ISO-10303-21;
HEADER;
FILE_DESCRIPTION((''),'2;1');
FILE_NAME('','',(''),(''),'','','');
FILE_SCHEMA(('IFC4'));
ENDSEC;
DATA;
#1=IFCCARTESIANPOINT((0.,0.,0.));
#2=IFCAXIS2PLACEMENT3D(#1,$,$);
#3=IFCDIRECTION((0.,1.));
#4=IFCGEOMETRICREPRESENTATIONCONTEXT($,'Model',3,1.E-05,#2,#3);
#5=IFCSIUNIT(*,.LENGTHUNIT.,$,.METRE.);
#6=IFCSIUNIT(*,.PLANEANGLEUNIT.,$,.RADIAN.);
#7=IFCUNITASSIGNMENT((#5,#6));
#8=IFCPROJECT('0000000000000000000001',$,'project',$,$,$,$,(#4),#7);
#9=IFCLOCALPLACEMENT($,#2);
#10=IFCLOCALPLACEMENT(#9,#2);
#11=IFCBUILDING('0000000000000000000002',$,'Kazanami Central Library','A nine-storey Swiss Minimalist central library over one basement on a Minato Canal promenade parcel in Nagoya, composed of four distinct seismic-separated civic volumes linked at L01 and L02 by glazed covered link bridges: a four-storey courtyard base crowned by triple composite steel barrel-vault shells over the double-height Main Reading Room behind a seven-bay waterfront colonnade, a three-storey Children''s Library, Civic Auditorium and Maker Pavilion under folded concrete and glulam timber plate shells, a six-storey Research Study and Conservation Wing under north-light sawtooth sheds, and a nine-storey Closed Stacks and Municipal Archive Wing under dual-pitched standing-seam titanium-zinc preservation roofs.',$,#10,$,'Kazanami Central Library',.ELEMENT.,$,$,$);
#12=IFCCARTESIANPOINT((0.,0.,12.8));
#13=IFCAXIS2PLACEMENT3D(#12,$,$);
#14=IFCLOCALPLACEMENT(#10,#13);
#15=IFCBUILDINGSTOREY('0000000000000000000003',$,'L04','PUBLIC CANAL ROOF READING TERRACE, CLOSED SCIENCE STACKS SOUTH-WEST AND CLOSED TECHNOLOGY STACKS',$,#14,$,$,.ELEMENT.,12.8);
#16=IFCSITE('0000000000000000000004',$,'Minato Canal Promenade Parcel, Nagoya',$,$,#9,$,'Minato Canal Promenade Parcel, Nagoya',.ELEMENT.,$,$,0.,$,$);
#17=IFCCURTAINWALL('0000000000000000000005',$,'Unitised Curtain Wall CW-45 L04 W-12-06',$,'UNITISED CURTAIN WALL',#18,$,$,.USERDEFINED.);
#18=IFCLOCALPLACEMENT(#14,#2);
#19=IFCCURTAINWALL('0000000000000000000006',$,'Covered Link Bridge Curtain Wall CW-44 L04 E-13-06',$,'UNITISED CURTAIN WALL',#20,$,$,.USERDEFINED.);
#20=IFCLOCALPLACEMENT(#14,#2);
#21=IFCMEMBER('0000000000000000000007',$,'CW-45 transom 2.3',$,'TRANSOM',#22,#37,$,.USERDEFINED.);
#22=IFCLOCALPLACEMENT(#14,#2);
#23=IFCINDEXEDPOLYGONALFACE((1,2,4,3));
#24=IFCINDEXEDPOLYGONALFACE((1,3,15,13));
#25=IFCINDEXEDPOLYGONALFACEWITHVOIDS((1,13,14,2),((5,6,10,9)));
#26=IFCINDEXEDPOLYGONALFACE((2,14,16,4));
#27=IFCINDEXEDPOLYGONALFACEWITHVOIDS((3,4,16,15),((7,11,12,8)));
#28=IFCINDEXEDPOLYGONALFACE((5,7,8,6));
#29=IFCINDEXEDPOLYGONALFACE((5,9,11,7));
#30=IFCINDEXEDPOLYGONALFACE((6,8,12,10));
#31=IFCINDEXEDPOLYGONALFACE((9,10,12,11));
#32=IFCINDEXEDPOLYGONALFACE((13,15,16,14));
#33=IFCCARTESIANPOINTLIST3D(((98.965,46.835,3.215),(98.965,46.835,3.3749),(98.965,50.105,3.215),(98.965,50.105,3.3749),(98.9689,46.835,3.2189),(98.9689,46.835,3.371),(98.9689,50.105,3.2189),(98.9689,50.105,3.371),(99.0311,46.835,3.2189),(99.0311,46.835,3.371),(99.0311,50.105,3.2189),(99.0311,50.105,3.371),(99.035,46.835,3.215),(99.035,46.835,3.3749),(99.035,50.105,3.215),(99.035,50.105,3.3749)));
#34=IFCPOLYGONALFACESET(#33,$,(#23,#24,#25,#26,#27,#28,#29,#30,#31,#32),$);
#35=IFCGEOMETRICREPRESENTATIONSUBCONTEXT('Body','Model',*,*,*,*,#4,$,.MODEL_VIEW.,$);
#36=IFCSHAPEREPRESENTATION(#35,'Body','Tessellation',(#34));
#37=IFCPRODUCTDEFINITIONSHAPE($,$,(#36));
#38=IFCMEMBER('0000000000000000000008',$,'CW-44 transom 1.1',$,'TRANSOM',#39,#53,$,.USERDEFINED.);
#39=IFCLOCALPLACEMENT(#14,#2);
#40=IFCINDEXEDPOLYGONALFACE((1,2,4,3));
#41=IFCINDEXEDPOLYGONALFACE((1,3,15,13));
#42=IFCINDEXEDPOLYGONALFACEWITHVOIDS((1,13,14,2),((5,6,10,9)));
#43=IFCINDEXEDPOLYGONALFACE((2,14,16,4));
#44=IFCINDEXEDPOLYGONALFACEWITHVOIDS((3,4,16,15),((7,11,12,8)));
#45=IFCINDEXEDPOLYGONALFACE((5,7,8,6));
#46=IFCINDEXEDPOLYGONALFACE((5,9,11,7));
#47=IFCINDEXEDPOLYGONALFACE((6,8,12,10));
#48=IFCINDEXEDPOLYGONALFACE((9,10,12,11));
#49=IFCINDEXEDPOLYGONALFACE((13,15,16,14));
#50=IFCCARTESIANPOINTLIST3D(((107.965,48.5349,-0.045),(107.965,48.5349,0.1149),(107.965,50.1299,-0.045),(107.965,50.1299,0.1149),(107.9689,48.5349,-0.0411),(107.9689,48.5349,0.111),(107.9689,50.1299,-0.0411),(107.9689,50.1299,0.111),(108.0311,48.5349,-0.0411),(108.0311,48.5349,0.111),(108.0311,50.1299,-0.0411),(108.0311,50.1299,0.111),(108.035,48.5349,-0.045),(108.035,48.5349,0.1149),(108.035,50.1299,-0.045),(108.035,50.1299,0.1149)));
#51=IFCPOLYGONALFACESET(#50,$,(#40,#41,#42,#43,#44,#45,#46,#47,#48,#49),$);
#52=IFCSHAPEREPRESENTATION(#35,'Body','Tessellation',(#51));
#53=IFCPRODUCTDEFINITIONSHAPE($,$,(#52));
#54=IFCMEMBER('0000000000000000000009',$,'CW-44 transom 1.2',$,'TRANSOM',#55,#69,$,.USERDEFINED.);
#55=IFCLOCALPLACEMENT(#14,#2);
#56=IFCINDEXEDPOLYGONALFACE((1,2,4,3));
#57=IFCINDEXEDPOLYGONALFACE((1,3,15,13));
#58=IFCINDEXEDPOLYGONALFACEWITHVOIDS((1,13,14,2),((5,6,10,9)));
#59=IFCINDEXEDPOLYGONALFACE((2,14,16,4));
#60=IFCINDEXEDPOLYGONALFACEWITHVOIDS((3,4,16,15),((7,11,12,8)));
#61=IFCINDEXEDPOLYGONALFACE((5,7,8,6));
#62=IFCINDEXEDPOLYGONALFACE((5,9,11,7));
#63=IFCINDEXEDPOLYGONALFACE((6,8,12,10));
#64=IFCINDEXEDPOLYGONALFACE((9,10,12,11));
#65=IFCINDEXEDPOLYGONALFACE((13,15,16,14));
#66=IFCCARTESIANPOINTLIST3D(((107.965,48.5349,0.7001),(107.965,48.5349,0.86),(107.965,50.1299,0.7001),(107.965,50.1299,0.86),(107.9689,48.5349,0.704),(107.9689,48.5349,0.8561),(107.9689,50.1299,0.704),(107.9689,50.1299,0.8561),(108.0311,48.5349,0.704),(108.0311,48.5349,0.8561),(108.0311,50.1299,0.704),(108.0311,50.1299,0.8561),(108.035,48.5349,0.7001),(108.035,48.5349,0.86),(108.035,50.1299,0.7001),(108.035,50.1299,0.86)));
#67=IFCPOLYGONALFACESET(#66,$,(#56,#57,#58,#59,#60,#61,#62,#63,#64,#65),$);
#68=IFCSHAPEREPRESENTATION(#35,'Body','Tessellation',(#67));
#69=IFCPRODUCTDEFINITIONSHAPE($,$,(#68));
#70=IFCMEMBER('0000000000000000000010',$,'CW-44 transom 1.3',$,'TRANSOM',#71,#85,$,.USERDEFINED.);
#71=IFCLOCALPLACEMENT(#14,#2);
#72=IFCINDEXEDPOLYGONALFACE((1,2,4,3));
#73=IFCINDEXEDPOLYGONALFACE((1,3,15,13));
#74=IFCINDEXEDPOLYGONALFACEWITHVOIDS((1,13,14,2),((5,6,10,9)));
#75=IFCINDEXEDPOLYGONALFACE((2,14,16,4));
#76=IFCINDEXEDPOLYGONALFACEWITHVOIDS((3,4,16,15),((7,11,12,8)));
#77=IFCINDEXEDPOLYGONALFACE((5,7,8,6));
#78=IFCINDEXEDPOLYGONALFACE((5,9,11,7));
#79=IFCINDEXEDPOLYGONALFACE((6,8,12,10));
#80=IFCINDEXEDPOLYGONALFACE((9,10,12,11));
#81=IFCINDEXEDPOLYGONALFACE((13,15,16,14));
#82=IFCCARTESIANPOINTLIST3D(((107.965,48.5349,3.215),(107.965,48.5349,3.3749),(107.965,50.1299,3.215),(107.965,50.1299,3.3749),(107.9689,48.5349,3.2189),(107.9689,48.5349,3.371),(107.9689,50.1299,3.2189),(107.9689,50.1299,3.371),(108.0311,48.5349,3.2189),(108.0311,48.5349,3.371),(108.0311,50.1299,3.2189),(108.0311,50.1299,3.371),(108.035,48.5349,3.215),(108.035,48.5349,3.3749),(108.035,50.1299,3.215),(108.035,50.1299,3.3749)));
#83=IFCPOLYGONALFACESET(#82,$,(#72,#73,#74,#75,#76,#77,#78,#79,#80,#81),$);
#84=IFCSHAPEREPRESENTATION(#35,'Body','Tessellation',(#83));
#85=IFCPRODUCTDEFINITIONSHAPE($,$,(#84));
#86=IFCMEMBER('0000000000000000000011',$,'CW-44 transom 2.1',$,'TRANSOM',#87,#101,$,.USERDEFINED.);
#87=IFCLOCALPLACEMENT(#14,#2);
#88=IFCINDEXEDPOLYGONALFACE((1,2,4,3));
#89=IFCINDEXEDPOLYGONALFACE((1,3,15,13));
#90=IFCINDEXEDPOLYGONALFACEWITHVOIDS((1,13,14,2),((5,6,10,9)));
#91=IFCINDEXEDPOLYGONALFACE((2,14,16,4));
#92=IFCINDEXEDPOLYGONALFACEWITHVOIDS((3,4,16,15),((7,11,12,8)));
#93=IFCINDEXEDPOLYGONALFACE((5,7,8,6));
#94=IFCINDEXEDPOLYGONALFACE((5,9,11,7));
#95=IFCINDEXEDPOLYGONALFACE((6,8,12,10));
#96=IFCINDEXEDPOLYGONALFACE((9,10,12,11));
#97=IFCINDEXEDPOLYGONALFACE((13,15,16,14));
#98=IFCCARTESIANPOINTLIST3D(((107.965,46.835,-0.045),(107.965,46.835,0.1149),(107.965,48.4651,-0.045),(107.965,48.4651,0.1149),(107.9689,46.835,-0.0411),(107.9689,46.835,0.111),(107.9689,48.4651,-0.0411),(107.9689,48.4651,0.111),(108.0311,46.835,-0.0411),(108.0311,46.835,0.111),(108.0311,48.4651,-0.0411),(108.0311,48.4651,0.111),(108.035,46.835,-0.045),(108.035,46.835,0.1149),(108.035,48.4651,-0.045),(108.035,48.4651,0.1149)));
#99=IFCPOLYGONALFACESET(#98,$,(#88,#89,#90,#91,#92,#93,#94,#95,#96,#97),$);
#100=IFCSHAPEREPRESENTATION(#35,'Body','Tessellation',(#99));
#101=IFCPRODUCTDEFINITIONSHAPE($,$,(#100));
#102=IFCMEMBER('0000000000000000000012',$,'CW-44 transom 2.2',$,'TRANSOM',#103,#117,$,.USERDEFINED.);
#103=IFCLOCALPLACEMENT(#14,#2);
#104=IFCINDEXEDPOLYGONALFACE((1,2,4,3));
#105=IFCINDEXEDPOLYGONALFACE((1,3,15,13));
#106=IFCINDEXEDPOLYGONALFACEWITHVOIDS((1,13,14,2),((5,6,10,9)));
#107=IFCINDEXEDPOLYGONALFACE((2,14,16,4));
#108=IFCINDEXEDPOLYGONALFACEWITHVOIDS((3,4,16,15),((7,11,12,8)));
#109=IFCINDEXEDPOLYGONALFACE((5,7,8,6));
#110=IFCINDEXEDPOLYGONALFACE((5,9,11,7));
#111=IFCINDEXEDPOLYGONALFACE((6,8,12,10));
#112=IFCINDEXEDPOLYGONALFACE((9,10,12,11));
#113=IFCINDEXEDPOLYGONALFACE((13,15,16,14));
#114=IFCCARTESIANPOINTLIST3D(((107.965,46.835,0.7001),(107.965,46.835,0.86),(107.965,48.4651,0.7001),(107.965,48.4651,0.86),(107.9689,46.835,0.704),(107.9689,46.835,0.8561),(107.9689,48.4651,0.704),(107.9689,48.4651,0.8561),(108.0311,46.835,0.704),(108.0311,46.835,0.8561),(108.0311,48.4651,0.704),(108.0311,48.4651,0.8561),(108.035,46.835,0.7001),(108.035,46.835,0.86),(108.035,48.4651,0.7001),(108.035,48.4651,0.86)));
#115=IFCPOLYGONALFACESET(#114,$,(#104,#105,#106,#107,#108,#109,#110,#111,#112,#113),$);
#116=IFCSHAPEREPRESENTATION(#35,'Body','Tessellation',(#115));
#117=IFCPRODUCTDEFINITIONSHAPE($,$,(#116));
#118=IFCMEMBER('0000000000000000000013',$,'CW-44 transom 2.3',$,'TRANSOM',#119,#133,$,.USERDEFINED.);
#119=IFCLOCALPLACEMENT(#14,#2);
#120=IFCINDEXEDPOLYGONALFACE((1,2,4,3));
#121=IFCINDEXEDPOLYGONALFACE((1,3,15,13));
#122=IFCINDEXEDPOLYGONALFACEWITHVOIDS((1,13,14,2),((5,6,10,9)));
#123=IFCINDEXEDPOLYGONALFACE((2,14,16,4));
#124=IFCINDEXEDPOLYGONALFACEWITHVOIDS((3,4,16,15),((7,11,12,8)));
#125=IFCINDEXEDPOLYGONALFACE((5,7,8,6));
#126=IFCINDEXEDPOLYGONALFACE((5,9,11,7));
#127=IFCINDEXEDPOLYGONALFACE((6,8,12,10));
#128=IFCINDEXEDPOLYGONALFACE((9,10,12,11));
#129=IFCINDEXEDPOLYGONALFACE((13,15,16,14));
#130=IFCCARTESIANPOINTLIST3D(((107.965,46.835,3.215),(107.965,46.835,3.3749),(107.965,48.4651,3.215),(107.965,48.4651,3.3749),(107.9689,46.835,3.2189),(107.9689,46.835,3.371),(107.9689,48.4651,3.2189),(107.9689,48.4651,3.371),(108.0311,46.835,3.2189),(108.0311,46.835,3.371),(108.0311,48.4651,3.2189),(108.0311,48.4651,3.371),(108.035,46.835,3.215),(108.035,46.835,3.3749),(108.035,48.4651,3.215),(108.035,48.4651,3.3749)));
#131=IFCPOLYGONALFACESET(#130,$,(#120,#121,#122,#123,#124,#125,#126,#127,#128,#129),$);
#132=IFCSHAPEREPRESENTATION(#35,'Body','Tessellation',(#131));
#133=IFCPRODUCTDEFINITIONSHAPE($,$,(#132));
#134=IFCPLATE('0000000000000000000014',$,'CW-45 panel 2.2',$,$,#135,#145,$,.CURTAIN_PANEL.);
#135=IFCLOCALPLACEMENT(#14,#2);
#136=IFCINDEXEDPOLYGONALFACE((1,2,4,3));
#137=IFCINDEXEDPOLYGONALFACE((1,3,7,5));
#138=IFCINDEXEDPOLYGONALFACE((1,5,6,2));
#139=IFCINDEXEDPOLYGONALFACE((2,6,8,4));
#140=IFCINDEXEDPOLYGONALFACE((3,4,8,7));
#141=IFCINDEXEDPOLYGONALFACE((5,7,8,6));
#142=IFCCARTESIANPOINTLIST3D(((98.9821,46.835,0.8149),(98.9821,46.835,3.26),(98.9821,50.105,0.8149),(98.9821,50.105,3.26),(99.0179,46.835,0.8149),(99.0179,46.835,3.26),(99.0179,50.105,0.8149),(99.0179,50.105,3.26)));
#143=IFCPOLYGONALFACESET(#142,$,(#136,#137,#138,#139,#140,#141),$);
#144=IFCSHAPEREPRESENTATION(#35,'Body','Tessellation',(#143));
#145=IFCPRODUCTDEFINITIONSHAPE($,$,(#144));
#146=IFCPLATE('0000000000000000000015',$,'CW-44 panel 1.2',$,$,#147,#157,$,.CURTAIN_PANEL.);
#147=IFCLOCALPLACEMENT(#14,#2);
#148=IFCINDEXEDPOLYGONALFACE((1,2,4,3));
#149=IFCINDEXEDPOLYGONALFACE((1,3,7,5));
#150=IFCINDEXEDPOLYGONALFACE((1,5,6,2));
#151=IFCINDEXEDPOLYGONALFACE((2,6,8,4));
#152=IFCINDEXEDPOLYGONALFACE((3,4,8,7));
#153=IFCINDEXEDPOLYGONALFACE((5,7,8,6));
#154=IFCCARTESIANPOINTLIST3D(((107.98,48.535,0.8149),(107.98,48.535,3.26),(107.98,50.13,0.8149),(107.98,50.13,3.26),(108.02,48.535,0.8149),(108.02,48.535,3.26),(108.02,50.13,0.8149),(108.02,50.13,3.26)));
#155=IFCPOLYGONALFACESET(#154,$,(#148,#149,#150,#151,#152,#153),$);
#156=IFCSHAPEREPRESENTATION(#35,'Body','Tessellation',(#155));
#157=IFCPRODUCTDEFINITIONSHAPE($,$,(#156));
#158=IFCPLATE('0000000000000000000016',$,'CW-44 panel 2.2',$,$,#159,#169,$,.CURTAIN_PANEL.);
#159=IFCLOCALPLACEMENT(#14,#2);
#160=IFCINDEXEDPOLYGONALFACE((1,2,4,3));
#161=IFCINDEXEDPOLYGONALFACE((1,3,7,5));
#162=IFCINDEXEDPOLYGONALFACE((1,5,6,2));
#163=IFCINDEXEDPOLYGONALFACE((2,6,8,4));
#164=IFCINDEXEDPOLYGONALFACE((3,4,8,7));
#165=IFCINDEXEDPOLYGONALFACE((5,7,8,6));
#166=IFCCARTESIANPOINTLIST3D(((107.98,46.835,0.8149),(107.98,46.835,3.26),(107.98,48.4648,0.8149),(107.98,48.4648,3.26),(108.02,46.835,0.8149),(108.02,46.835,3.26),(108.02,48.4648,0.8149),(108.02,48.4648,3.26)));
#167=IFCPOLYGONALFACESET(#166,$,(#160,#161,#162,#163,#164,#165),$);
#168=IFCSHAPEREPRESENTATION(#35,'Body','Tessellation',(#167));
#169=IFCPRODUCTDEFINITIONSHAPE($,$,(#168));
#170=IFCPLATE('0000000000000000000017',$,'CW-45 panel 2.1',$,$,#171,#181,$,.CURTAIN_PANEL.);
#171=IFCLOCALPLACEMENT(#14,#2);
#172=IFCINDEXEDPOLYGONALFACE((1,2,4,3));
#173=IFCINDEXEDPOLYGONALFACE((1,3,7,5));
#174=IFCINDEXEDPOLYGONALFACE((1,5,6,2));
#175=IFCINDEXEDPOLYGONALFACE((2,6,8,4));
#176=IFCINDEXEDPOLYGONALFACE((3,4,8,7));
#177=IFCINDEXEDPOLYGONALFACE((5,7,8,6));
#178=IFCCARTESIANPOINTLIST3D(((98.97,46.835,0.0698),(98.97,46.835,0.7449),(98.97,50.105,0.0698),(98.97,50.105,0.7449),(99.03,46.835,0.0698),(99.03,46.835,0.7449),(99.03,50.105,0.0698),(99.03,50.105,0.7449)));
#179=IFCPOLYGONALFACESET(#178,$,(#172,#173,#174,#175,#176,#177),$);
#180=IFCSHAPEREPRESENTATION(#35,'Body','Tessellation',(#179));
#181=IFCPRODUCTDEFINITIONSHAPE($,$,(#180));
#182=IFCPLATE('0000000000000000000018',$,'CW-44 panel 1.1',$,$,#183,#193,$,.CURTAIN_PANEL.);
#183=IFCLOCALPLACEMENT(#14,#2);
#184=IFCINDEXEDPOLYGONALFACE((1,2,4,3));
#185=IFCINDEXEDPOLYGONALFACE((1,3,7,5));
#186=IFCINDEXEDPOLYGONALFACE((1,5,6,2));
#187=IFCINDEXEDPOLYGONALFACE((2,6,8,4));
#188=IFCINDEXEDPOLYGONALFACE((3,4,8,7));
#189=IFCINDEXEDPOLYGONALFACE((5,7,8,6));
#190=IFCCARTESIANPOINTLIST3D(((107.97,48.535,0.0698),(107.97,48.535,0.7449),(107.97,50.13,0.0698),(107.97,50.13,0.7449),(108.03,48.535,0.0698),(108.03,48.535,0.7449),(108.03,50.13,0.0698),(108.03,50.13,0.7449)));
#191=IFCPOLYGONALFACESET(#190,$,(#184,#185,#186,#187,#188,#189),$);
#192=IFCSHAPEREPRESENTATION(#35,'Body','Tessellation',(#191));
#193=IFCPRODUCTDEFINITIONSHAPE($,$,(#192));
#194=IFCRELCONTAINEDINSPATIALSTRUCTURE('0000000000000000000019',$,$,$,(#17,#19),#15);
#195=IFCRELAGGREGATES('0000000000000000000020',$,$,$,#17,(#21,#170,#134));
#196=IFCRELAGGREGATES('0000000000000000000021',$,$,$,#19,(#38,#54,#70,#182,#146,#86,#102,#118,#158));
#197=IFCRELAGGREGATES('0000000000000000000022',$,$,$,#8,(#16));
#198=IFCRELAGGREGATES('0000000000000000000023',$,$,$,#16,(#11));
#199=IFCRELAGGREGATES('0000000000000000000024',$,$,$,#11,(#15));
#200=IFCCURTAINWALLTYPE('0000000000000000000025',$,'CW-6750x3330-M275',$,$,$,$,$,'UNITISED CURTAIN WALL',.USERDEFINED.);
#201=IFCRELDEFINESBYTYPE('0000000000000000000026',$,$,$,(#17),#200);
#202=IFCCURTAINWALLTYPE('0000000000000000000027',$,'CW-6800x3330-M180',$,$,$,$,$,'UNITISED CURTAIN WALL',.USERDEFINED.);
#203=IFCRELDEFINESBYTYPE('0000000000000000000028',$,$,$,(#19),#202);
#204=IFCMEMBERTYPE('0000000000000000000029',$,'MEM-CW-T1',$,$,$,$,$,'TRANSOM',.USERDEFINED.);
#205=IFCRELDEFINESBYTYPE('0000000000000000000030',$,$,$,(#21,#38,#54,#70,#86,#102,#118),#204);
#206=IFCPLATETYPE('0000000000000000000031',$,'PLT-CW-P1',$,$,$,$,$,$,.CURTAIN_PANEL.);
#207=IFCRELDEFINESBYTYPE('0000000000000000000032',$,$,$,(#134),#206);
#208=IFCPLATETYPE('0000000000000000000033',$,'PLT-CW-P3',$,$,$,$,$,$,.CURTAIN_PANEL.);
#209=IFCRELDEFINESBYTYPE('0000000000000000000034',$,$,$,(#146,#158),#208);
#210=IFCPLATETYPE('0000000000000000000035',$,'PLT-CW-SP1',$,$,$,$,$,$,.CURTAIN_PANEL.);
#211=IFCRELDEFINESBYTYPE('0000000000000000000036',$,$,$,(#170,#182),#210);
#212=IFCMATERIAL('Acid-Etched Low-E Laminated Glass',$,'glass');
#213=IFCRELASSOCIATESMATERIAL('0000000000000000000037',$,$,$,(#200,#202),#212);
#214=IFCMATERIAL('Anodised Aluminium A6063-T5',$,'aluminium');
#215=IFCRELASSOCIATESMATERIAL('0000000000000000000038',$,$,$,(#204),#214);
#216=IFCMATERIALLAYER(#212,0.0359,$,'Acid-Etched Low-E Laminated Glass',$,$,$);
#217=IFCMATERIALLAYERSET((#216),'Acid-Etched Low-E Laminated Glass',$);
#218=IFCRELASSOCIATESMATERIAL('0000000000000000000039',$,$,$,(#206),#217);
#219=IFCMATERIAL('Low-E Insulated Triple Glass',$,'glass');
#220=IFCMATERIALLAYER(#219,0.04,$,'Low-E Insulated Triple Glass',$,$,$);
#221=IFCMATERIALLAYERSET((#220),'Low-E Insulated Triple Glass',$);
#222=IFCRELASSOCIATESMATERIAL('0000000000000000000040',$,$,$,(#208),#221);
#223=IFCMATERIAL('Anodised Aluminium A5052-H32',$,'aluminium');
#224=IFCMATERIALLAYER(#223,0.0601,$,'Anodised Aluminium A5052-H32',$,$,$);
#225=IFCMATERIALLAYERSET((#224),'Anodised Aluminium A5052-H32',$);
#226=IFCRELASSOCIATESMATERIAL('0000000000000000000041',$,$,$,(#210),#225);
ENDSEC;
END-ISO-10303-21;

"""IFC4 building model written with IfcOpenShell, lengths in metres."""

from ifc_helpers import new_model, si_unit, direction, frame, origin, origin_2d, place, context, subcontext, project, spatial, rectangle, hollow_rectangle, extrude, material, layer, layer_set, material_profile, profile_set, type_object, element, aggregate, save


model = new_model("IFC4")

# Units and contexts
model_context = context("Model", 3, precision=1e-05, world=origin(), true_north=direction((0.0, 1.0)))
body_context = subcontext(model_context, "Body", "Model", "MODEL_VIEW")
ifc_project = project(units=[si_unit("LENGTHUNIT", "METRE"), si_unit("PLANEANGLEUNIT", "RADIAN")], contexts=[model_context])

# Site, building, storey
site_placement = place(None, origin())
site = spatial("IfcSite", under=ifc_project, at=site_placement, Name="Minato Canal Promenade Parcel, Nagoya", LongName="Minato Canal Promenade Parcel, Nagoya", CompositionType="ELEMENT", RefElevation=0.0)
building_placement = place(site_placement, origin())
building = spatial("IfcBuilding", under=site, at=building_placement, Name="Kazanami Central Library", Description="A nine-storey Swiss Minimalist central library over one basement on a Minato Canal promenade parcel in Nagoya, composed of four distinct seismic-separated civic volumes linked at L01 and L02 by glazed covered link bridges: a four-storey courtyard base crowned by triple composite steel barrel-vault shells over the double-height Main Reading Room behind a seven-bay waterfront colonnade, a three-storey Children's Library, Civic Auditorium and Maker Pavilion under folded concrete and glulam timber plate shells, a six-storey Research Study and Conservation Wing under north-light sawtooth sheds, and a nine-storey Closed Stacks and Municipal Archive Wing under dual-pitched standing-seam titanium-zinc preservation roofs.", LongName="Kazanami Central Library", CompositionType="ELEMENT")
storey_placement = place(building_placement, frame((0.0, 0.0, 12.8)))
storey = spatial("IfcBuildingStorey", under=building, at=storey_placement, Name="L04", Description="PUBLIC CANAL ROOF READING TERRACE, CLOSED SCIENCE STACKS SOUTH-WEST AND CLOSED TECHNOLOGY STACKS", CompositionType="ELEMENT", Elevation=12.8)

# Curtain walls
ifc_material_1 = material(Name="Acid-Etched Low-E Laminated Glass", Category="glass")
curtain_wall_type_1 = type_object("IfcCurtainWallType", Name="CW-6750x3330-M275", ElementType="UNITISED CURTAIN WALL", PredefinedType="USERDEFINED", material=ifc_material_1)
curtain_wall_1_placement = place(storey_placement, origin())
curtain_wall_1 = element("IfcCurtainWall", 1, at=curtain_wall_1_placement, inside=storey, type_object=curtain_wall_type_1, Name="Unitised Curtain Wall CW-45 L04 W-12-06", ObjectType="UNITISED CURTAIN WALL", PredefinedType="USERDEFINED")
ifc_material_2 = material(Name="Anodised Aluminium A6063-T5", Category="aluminium")
curtain_wall_type_2 = type_object("IfcCurtainWallType", Name="CW-6800x3330-M180", ElementType="UNITISED CURTAIN WALL", PredefinedType="USERDEFINED", material=ifc_material_1)
curtain_wall_2_placement = place(storey_placement, origin())
curtain_wall_2 = element("IfcCurtainWall", 2, at=curtain_wall_2_placement, inside=storey, type_object=curtain_wall_type_2, Name="Covered Link Bridge Curtain Wall CW-44 L04 E-13-06", ObjectType="UNITISED CURTAIN WALL", PredefinedType="USERDEFINED")

# Members
ifc_material_profile_1 = material_profile(ifc_material_2, hollow_rectangle(XDim=0.0701, YDim=0.1599, WallThickness=0.0039, at=origin_2d()), Name="ALU-TRAN-70x160x4")
ifc_profile_set_1 = profile_set([ifc_material_profile_1], Name="Anodised Aluminium A6063-T5")
member_type_1 = type_object("IfcMemberType", Name="MEM-CW-T1", ElementType="TRANSOM", PredefinedType="USERDEFINED", material=ifc_profile_set_1)
member_1_placement = place(storey_placement, frame((99.0, 46.835, 3.2949), z_axis=(0.0, 1.0, 0.0), x_axis=(-1.0, 0.0, 0.0)))
member_1 = element("IfcMember", 3, at=member_1_placement, type_object=member_type_1, Name="CW-45 transom 2.3", ObjectType="TRANSOM", PredefinedType="USERDEFINED", context=body_context, shape_type="SweptSolid", body=[
    extrude(hollow_rectangle(XDim=0.0701, YDim=0.1599, WallThickness=0.0039, at=origin_2d()), origin(), (0.0, 0.0, 1.0), 3.27),
])
member_2_placement = place(storey_placement, frame((108.0, 50.1299, 0.0349), z_axis=(0.0, -1.0, 0.0), x_axis=(1.0, 0.0, 0.0)))
member_2 = element("IfcMember", 4, at=member_2_placement, type_object=member_type_1, Name="CW-44 transom 1.1", ObjectType="TRANSOM", PredefinedType="USERDEFINED", context=body_context, shape_type="SweptSolid", body=[
    extrude(hollow_rectangle(XDim=0.0701, YDim=0.1599, WallThickness=0.0039, at=origin_2d()), origin(), (0.0, 0.0, 1.0), 1.595),
])
member_3_placement = place(storey_placement, frame((108.0, 50.1299, 0.78), z_axis=(0.0, -1.0, 0.0), x_axis=(1.0, 0.0, 0.0)))
member_3 = element("IfcMember", 5, at=member_3_placement, type_object=member_type_1, Name="CW-44 transom 1.2", ObjectType="TRANSOM", PredefinedType="USERDEFINED", context=body_context, shape_type="SweptSolid", body=[
    extrude(hollow_rectangle(XDim=0.0701, YDim=0.1599, WallThickness=0.0039, at=origin_2d()), origin(), (0.0, 0.0, 1.0), 1.595),
])
member_4_placement = place(storey_placement, frame((108.0, 50.1299, 3.2949), z_axis=(0.0, -1.0, 0.0), x_axis=(1.0, 0.0, 0.0)))
member_4 = element("IfcMember", 6, at=member_4_placement, type_object=member_type_1, Name="CW-44 transom 1.3", ObjectType="TRANSOM", PredefinedType="USERDEFINED", context=body_context, shape_type="SweptSolid", body=[
    extrude(hollow_rectangle(XDim=0.0701, YDim=0.1599, WallThickness=0.0039, at=origin_2d()), origin(), (0.0, 0.0, 1.0), 1.595),
])
member_5_placement = place(storey_placement, frame((108.0, 48.4651, 0.0349), z_axis=(0.0, -1.0, 0.0), x_axis=(1.0, 0.0, 0.0)))
member_5 = element("IfcMember", 7, at=member_5_placement, type_object=member_type_1, Name="CW-44 transom 2.1", ObjectType="TRANSOM", PredefinedType="USERDEFINED", context=body_context, shape_type="SweptSolid", body=[
    extrude(hollow_rectangle(XDim=0.0701, YDim=0.1599, WallThickness=0.0039, at=origin_2d()), origin(), (0.0, 0.0, 1.0), 1.6301),
])
member_6_placement = place(storey_placement, frame((108.0, 48.4651, 0.78), z_axis=(0.0, -1.0, 0.0), x_axis=(1.0, 0.0, 0.0)))
member_6 = element("IfcMember", 8, at=member_6_placement, type_object=member_type_1, Name="CW-44 transom 2.2", ObjectType="TRANSOM", PredefinedType="USERDEFINED", context=body_context, shape_type="SweptSolid", body=[
    extrude(hollow_rectangle(XDim=0.0701, YDim=0.1599, WallThickness=0.0039, at=origin_2d()), origin(), (0.0, 0.0, 1.0), 1.6301),
])
member_7_placement = place(storey_placement, frame((108.0, 48.4651, 3.2949), z_axis=(0.0, -1.0, 0.0), x_axis=(1.0, 0.0, 0.0)))
member_7 = element("IfcMember", 9, at=member_7_placement, type_object=member_type_1, Name="CW-44 transom 2.3", ObjectType="TRANSOM", PredefinedType="USERDEFINED", context=body_context, shape_type="SweptSolid", body=[
    extrude(hollow_rectangle(XDim=0.0701, YDim=0.1599, WallThickness=0.0039, at=origin_2d()), origin(), (0.0, 0.0, 1.0), 1.6301),
])

# Plates
ifc_layer_1 = layer(ifc_material_1, 0.0359, Name="Acid-Etched Low-E Laminated Glass")
ifc_layer_set_1 = layer_set([ifc_layer_1], Name="Acid-Etched Low-E Laminated Glass")
plate_type_1 = type_object("IfcPlateType", Name="PLT-CW-P1", PredefinedType="CURTAIN_PANEL", material=ifc_layer_set_1)
plate_1_placement = place(storey_placement, frame((99.0, 48.47, 0.8149), z_axis=(0.0, 0.0, 1.0), x_axis=(0.0, 1.0, 0.0)))
plate_1 = element("IfcPlate", 10, at=plate_1_placement, type_object=plate_type_1, Name="CW-45 panel 2.2", PredefinedType="CURTAIN_PANEL", context=body_context, shape_type="SweptSolid", body=[
    extrude(rectangle(XDim=3.27, YDim=0.0359, at=origin_2d()), origin(), (0.0, 0.0, 1.0), 2.4451),
])
ifc_material_3 = material(Name="Low-E Insulated Triple Glass", Category="glass")
ifc_layer_2 = layer(ifc_material_3, 0.04, Name="Low-E Insulated Triple Glass")
ifc_layer_set_2 = layer_set([ifc_layer_2], Name="Low-E Insulated Triple Glass")
plate_type_2 = type_object("IfcPlateType", Name="PLT-CW-P3", PredefinedType="CURTAIN_PANEL", material=ifc_layer_set_2)
plate_2_placement = place(storey_placement, frame((108.0, 49.3325, 0.8149), z_axis=(0.0, 0.0, 1.0), x_axis=(0.0, -1.0, 0.0)))
plate_2 = element("IfcPlate", 11, at=plate_2_placement, type_object=plate_type_2, Name="CW-44 panel 1.2", PredefinedType="CURTAIN_PANEL", context=body_context, shape_type="SweptSolid", body=[
    extrude(rectangle(XDim=1.595, YDim=0.04, at=origin_2d()), origin(), (0.0, 0.0, 1.0), 2.4451),
])
plate_3_placement = place(storey_placement, frame((108.0, 47.6499, 0.8149), z_axis=(0.0, 0.0, 1.0), x_axis=(0.0, -1.0, 0.0)))
plate_3 = element("IfcPlate", 12, at=plate_3_placement, type_object=plate_type_2, Name="CW-44 panel 2.2", PredefinedType="CURTAIN_PANEL", context=body_context, shape_type="SweptSolid", body=[
    extrude(rectangle(XDim=1.6299, YDim=0.04, at=origin_2d()), origin(), (0.0, 0.0, 1.0), 2.4451),
])
ifc_material_4 = material(Name="Anodised Aluminium A5052-H32", Category="aluminium")
ifc_layer_3 = layer(ifc_material_4, 0.0601, Name="Anodised Aluminium A5052-H32")
ifc_layer_set_3 = layer_set([ifc_layer_3], Name="Anodised Aluminium A5052-H32")
plate_type_3 = type_object("IfcPlateType", Name="PLT-CW-SP1", PredefinedType="CURTAIN_PANEL", material=ifc_layer_set_3)
plate_4_placement = place(storey_placement, frame((99.0, 48.47, 0.0698), z_axis=(0.0, 0.0, 1.0), x_axis=(0.0, 1.0, 0.0)))
plate_4 = element("IfcPlate", 13, at=plate_4_placement, type_object=plate_type_3, Name="CW-45 panel 2.1", PredefinedType="CURTAIN_PANEL", context=body_context, shape_type="SweptSolid", body=[
    extrude(rectangle(XDim=3.27, YDim=0.0601, at=origin_2d()), origin(), (0.0, 0.0, 1.0), 0.675),
])
aggregate(curtain_wall_1, [member_1, plate_4, plate_1])
plate_5_placement = place(storey_placement, frame((108.0, 49.3325, 0.0698), z_axis=(0.0, 0.0, 1.0), x_axis=(0.0, -1.0, 0.0)))
plate_5 = element("IfcPlate", 14, at=plate_5_placement, type_object=plate_type_3, Name="CW-44 panel 1.1", PredefinedType="CURTAIN_PANEL", context=body_context, shape_type="SweptSolid", body=[
    extrude(rectangle(XDim=1.595, YDim=0.0601, at=origin_2d()), origin(), (0.0, 0.0, 1.0), 0.675),
])
aggregate(curtain_wall_2, [member_2, member_3, member_4, plate_5, plate_2, member_5, member_6, member_7, plate_3])

save(model, "model.ifc")
